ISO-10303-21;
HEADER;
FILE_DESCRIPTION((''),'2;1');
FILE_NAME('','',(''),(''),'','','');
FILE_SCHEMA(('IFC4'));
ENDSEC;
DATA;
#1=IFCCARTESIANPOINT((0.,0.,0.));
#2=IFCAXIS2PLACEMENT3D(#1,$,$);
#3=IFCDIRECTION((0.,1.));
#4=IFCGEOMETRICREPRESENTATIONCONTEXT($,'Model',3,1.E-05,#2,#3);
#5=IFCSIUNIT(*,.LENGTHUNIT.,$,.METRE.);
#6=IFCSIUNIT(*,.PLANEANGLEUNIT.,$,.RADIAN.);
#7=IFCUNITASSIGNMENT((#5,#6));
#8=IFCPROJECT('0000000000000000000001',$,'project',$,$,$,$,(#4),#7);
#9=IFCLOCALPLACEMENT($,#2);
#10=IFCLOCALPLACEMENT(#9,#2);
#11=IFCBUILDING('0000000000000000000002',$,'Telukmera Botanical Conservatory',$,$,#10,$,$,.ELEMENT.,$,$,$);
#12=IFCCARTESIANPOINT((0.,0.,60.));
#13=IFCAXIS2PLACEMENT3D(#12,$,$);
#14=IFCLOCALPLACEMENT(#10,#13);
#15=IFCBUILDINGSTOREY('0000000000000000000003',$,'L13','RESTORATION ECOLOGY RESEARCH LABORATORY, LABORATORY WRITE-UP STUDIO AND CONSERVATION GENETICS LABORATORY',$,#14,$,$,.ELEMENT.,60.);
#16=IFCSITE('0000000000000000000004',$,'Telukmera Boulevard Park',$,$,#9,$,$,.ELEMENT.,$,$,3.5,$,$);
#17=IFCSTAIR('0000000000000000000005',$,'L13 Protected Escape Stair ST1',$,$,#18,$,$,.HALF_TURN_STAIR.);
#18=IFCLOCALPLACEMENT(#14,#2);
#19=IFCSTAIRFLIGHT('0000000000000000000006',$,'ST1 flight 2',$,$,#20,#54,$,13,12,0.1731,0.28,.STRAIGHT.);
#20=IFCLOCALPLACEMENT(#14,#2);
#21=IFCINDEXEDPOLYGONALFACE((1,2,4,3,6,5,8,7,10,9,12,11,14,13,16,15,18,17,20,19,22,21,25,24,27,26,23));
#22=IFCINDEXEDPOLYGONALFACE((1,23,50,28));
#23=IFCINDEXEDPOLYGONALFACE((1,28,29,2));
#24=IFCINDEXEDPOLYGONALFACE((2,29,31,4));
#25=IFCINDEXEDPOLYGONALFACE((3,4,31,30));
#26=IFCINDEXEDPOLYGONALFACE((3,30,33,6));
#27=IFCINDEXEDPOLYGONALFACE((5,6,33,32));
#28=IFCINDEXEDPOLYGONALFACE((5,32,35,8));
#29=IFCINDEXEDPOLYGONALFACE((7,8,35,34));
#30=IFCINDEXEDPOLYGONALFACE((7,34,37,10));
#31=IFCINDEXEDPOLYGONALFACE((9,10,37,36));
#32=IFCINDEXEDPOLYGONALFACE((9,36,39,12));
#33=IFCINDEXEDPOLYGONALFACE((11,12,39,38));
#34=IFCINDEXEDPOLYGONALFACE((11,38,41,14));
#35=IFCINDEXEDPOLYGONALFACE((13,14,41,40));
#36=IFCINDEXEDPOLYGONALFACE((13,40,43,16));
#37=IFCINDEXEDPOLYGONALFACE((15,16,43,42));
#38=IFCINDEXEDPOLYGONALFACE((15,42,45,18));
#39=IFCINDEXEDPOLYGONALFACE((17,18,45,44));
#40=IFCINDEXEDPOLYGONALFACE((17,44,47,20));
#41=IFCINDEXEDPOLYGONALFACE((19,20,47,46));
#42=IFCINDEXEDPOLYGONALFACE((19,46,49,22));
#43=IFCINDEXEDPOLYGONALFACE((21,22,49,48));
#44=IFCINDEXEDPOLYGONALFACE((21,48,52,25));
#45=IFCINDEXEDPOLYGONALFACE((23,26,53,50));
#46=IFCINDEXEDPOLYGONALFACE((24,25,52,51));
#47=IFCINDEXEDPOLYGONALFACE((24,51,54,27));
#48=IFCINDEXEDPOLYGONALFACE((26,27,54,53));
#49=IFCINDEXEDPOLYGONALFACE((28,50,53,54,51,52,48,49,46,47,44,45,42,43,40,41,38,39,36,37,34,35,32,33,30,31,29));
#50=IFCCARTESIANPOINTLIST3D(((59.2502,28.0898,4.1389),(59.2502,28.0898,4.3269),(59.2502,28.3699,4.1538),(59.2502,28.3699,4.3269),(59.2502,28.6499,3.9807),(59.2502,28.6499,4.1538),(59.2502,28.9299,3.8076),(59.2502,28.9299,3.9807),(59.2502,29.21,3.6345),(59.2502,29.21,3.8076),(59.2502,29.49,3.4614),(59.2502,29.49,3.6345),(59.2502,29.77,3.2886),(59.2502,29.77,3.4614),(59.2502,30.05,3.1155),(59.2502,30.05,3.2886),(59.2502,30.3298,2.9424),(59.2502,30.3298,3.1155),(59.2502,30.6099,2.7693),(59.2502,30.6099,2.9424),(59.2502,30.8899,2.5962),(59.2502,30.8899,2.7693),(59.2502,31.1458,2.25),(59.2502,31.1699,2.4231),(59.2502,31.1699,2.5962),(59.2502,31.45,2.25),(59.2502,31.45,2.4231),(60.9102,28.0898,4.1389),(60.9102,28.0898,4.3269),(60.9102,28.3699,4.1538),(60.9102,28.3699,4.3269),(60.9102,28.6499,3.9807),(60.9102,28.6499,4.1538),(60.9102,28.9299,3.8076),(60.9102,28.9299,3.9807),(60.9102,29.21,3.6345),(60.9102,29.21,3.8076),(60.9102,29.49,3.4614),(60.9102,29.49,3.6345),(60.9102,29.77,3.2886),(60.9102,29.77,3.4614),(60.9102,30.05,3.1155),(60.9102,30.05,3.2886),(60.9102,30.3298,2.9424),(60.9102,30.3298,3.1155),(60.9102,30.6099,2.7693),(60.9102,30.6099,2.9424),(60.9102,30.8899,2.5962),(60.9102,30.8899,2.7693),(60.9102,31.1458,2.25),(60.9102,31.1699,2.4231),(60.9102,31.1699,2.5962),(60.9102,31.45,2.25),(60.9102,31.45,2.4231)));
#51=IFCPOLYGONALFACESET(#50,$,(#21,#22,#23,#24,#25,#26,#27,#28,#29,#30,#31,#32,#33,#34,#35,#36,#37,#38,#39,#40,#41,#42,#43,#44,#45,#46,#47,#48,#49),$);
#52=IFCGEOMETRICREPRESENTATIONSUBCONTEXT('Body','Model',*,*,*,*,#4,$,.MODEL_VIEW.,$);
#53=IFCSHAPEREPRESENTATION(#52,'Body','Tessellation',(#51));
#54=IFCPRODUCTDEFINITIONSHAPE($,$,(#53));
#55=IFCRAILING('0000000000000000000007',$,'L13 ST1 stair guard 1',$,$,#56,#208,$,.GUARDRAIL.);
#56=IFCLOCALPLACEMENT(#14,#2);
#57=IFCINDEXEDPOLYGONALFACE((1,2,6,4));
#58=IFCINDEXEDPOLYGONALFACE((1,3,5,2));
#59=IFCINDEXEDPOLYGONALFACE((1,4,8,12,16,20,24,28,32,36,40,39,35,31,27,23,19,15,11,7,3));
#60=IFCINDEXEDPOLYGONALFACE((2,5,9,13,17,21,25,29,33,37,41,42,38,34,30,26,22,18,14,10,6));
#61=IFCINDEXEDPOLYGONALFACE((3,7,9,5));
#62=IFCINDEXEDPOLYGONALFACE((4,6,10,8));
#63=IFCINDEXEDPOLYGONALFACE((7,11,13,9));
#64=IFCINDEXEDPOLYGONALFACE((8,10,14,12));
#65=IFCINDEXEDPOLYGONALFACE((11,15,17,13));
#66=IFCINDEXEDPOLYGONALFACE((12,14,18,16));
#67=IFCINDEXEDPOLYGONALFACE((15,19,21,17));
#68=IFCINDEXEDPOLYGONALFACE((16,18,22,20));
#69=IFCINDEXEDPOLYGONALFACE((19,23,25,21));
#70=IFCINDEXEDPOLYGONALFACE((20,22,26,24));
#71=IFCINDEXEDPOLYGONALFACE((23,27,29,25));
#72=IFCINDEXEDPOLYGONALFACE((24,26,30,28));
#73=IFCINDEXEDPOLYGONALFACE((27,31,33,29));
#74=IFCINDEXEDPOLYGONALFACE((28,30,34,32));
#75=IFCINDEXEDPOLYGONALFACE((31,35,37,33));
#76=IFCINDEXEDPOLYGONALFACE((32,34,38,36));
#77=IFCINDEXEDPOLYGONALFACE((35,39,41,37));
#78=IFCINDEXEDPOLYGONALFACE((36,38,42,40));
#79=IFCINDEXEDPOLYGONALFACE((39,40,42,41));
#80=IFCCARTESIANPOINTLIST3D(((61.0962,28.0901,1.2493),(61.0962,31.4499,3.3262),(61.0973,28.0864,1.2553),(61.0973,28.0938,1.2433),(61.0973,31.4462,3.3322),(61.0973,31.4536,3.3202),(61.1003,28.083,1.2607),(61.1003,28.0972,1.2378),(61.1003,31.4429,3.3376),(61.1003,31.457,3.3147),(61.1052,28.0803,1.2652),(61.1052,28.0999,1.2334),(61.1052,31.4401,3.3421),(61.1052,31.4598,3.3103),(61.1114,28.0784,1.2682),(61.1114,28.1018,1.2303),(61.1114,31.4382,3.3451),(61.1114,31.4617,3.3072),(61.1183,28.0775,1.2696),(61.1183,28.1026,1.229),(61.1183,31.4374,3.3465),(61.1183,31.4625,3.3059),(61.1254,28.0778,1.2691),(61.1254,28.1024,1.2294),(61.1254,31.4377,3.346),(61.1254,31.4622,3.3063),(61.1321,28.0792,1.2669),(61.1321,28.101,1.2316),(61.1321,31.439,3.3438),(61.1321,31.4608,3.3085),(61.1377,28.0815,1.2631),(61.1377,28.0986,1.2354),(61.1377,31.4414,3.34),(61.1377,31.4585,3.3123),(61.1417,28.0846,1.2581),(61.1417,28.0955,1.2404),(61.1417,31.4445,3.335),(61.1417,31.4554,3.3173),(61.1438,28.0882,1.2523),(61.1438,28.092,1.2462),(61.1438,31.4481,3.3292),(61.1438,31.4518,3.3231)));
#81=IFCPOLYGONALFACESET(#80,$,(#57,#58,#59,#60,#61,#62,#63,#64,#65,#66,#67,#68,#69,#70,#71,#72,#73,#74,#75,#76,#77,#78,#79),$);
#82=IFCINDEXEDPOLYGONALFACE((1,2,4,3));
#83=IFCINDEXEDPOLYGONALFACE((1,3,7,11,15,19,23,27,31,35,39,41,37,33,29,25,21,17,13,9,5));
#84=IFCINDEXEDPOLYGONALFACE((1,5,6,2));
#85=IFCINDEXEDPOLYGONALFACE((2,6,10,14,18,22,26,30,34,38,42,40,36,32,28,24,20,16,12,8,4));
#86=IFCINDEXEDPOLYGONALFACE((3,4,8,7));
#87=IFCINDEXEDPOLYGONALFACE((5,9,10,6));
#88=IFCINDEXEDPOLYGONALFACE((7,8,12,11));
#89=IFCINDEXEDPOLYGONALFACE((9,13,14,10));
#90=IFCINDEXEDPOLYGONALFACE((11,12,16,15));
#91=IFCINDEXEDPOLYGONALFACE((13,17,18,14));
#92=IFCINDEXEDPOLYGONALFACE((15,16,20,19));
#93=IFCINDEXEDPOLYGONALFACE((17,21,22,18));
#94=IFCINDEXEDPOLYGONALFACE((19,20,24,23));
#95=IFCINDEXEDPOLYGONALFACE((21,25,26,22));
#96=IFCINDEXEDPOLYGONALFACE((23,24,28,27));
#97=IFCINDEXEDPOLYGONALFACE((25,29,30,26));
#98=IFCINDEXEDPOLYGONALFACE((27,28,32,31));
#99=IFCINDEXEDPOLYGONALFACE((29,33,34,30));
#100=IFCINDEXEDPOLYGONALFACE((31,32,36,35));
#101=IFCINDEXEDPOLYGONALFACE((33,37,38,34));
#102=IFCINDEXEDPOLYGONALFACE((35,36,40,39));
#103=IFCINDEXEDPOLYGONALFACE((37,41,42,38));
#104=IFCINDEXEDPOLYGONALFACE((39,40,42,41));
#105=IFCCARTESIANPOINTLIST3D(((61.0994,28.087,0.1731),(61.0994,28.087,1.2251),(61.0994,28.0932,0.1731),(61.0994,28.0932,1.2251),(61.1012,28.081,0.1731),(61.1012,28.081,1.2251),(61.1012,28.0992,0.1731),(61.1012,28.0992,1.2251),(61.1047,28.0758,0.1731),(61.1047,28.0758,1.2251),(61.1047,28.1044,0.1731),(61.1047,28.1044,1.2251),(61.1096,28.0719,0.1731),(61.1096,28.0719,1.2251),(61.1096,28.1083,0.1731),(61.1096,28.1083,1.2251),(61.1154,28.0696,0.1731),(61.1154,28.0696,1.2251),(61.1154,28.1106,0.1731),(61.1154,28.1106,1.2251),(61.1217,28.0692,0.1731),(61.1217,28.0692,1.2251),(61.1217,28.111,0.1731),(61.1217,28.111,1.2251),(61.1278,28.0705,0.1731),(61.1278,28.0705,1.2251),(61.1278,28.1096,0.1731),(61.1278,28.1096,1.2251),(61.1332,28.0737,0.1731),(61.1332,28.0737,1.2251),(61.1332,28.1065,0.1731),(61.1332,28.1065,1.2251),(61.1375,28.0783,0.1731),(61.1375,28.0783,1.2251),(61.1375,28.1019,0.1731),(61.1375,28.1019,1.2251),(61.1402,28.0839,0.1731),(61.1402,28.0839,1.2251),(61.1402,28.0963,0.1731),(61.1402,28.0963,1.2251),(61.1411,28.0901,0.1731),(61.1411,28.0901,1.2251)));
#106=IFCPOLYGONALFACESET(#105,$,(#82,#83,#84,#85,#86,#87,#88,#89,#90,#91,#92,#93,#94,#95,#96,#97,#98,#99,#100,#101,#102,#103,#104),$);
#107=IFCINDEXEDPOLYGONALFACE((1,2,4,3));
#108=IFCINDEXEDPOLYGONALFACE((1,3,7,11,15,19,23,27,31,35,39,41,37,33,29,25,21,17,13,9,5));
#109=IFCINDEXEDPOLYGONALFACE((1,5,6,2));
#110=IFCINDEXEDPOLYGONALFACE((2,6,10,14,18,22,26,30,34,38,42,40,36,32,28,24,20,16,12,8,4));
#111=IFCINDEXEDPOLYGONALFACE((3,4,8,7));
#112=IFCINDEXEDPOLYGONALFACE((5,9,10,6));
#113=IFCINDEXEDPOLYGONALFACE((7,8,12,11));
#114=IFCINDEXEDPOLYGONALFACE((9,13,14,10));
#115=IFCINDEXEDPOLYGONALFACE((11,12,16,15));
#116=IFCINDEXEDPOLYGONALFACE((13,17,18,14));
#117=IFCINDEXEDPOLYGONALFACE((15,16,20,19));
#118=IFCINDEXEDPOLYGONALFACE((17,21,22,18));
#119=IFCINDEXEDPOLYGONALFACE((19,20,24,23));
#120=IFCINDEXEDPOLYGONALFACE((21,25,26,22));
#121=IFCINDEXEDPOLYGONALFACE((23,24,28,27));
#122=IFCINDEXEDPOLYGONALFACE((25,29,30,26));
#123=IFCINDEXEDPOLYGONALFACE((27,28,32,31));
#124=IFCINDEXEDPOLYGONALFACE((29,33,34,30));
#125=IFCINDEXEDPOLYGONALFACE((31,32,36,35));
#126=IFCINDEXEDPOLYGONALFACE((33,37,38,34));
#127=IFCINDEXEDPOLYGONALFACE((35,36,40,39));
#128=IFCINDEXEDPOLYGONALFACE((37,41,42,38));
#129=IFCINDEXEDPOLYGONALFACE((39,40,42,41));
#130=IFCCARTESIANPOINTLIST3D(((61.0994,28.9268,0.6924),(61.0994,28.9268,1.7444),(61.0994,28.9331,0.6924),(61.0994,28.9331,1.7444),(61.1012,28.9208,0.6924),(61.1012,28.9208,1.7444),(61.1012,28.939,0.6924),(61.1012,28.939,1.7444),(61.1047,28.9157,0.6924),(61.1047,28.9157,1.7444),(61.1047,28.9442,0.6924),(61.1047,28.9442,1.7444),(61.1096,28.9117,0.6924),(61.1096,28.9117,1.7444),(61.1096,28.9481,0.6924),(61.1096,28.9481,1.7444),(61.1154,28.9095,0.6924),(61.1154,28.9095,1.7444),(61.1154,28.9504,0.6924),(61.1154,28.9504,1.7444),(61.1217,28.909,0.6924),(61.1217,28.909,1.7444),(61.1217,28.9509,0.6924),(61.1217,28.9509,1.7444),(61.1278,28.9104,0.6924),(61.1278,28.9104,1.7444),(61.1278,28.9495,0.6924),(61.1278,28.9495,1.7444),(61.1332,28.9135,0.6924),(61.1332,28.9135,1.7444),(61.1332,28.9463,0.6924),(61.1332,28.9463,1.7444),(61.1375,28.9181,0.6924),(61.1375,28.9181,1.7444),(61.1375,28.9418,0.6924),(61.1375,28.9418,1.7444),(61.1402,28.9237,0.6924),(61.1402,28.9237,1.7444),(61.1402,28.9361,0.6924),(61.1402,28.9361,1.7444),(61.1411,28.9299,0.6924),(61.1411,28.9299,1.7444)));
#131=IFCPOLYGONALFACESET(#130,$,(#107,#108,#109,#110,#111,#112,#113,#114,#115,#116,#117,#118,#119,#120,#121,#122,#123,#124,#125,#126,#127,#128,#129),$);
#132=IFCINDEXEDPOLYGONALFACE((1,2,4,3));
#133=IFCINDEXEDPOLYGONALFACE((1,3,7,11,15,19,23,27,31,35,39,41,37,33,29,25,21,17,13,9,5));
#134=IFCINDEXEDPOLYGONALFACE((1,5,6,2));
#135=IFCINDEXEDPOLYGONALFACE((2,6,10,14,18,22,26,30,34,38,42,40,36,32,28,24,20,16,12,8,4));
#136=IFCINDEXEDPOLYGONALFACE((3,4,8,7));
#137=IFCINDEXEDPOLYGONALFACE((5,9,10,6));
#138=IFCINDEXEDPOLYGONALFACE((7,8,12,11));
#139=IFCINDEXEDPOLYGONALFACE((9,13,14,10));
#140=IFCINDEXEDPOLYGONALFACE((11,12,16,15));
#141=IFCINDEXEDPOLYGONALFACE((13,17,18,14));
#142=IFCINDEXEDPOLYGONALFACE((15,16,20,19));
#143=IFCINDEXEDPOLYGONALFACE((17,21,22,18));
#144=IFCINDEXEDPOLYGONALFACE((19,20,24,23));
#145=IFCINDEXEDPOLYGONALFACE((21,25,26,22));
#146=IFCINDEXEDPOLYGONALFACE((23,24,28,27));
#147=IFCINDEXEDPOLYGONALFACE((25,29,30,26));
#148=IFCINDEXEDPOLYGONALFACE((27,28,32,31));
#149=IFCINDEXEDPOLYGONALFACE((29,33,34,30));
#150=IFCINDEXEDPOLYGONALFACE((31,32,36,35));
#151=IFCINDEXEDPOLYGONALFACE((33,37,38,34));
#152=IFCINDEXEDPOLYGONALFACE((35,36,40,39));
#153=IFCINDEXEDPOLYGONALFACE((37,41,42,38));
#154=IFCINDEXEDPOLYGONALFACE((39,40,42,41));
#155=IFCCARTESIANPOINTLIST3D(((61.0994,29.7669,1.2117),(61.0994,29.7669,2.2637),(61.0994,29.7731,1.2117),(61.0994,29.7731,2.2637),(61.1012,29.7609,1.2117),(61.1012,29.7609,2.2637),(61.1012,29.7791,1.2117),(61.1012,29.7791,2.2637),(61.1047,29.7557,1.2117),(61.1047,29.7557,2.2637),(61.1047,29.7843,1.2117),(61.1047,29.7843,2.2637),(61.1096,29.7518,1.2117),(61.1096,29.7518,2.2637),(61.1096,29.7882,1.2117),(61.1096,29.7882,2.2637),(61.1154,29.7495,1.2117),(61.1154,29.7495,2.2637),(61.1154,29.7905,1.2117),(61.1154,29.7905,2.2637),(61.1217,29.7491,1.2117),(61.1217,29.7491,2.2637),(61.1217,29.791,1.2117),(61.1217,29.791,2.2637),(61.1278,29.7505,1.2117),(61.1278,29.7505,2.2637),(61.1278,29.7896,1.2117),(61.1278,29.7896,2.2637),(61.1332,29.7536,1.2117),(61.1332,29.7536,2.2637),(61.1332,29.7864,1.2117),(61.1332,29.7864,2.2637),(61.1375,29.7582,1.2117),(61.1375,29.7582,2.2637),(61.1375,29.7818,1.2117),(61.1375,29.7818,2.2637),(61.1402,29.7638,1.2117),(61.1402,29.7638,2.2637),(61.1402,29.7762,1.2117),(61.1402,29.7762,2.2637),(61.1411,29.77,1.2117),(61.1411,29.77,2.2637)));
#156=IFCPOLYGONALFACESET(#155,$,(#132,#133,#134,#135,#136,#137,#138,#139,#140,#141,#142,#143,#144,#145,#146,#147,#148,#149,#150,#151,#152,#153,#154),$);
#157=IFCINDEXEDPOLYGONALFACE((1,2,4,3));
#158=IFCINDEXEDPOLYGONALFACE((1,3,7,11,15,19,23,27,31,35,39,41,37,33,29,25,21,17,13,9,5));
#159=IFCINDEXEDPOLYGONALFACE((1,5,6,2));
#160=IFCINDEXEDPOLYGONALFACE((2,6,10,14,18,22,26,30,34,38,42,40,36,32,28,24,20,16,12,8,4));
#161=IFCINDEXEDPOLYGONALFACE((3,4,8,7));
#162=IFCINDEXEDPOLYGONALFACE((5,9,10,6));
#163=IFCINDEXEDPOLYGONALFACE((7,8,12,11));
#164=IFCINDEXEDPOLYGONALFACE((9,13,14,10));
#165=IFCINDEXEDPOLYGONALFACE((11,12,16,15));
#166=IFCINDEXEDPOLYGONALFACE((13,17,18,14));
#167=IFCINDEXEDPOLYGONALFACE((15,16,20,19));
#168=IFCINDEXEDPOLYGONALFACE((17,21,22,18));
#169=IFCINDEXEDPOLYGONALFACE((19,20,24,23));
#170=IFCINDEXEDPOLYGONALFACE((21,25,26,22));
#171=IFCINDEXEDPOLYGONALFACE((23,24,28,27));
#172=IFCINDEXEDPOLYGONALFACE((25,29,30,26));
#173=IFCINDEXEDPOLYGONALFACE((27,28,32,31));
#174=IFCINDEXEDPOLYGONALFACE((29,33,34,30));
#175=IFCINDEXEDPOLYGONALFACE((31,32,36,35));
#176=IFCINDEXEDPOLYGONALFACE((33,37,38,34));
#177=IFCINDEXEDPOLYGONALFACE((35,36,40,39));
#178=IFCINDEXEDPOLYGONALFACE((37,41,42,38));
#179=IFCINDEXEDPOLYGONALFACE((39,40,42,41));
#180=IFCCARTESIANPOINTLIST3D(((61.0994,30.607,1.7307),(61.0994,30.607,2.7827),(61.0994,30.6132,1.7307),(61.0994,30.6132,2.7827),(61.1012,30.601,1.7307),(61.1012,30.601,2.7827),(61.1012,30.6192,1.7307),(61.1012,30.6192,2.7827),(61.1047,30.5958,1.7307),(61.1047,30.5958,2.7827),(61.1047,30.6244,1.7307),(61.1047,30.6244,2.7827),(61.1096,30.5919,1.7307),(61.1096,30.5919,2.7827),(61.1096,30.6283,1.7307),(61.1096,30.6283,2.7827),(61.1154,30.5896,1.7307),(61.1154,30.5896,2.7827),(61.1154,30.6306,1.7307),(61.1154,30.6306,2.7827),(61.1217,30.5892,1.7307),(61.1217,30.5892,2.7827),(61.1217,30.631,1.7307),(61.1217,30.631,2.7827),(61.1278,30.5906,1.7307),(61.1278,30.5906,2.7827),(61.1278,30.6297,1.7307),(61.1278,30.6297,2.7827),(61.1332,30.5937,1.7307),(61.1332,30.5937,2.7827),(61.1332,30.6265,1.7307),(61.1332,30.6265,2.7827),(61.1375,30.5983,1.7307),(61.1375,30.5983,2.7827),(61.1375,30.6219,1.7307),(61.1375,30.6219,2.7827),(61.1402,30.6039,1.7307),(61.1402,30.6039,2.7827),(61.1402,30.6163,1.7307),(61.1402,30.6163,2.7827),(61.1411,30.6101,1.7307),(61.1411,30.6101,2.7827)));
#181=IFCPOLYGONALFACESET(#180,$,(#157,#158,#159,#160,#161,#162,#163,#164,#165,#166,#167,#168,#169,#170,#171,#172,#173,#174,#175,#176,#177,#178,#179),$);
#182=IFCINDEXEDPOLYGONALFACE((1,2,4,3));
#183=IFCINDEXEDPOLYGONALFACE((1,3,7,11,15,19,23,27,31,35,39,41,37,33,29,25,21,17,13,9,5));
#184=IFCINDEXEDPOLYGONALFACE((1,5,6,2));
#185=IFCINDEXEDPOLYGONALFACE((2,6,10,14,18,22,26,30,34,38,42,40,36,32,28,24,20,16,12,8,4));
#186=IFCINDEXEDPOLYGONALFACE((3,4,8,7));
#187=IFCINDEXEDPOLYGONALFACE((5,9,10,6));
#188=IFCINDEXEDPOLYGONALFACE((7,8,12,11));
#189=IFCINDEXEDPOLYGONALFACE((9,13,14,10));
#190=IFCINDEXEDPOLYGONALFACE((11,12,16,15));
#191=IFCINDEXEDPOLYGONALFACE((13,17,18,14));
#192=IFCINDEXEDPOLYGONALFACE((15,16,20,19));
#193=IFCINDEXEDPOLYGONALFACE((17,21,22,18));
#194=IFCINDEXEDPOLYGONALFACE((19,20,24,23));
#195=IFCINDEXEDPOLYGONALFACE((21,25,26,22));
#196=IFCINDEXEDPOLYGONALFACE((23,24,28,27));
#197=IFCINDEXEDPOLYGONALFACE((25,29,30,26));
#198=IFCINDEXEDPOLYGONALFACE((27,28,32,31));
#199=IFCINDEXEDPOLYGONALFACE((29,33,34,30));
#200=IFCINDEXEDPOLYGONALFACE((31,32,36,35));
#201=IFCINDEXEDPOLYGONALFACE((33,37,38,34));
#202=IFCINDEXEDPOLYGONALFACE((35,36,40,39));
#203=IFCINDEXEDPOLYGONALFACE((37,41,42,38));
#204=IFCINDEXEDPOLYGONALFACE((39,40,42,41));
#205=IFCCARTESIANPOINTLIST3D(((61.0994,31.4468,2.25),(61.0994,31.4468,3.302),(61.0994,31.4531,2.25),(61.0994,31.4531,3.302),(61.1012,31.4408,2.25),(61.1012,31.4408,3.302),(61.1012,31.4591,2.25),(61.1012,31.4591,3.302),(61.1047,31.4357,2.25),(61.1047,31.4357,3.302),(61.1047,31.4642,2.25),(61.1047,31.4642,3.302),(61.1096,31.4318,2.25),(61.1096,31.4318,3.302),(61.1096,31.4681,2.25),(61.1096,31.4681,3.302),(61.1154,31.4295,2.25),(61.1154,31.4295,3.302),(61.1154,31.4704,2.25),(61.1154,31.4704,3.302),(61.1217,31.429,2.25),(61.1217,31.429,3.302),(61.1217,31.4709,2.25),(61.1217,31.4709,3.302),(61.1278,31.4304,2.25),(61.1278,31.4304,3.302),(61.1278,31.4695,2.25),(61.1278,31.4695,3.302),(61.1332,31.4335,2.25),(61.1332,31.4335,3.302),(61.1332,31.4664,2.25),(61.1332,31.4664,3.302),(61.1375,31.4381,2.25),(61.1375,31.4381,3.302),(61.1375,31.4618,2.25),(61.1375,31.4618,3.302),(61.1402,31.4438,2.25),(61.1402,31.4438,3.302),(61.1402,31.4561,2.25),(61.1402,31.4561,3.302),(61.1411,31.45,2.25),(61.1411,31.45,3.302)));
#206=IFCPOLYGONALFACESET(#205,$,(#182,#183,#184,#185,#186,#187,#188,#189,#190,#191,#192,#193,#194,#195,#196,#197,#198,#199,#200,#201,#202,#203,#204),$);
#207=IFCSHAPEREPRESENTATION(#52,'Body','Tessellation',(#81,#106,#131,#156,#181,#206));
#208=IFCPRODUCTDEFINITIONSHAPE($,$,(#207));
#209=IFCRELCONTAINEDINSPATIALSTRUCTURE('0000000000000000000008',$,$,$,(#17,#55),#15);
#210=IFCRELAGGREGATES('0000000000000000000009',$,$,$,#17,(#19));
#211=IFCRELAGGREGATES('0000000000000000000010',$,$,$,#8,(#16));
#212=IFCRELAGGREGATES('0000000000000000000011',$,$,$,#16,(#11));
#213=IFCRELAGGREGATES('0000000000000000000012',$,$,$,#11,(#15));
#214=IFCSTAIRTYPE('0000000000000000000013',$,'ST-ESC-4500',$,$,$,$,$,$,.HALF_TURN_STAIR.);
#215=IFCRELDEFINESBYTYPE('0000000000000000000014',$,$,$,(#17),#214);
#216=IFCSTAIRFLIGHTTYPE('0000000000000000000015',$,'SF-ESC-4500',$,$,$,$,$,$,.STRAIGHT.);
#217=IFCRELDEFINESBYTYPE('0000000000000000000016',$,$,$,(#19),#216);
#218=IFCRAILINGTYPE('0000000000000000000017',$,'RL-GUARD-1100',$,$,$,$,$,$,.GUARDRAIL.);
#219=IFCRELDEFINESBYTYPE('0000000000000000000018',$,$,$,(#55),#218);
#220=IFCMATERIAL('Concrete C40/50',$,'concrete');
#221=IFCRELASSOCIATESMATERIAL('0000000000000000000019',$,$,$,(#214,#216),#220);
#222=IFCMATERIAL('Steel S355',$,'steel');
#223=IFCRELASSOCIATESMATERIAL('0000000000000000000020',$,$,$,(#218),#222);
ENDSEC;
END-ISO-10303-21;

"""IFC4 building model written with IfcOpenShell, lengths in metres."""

from ifc_helpers import new_model, si_unit, direction, frame, origin, origin_2d, place, context, subcontext, project, spatial, polyline, circle, outline, extrude, material, type_object, element, aggregate, save


model = new_model("IFC4")

# Units and contexts
model_context = context("Model", 3, precision=1e-05, world=origin(), true_north=direction((0.0, 1.0)))
body_context = subcontext(model_context, "Body", "Model", "MODEL_VIEW")
ifc_project = project(units=[si_unit("LENGTHUNIT", "METRE"), si_unit("PLANEANGLEUNIT", "RADIAN")], contexts=[model_context])

# Site, building, storey
site_placement = place(None, origin())
site = spatial("IfcSite", under=ifc_project, at=site_placement, Name="Telukmera Boulevard Park", CompositionType="ELEMENT", RefElevation=3.5)
building_placement = place(site_placement, origin())
building = spatial("IfcBuilding", under=site, at=building_placement, Name="Telukmera Botanical Conservatory", CompositionType="ELEMENT")
storey_placement = place(building_placement, frame((0.0, 0.0, 60.0)))
storey = spatial("IfcBuildingStorey", under=building, at=storey_placement, Name="L13", Description="RESTORATION ECOLOGY RESEARCH LABORATORY, LABORATORY WRITE-UP STUDIO AND CONSERVATION GENETICS LABORATORY", CompositionType="ELEMENT", Elevation=60.0)

# Stair, stair flight
ifc_material_1 = material(Name="Concrete C40/50", Category="concrete")
stair_type = type_object("IfcStairType", Name="ST-ESC-4500", PredefinedType="HALF_TURN_STAIR", material=ifc_material_1)
stair_placement = place(storey_placement, origin())
stair = element("IfcStair", 1, at=stair_placement, inside=storey, type_object=stair_type, Name="L13 Protected Escape Stair ST1", PredefinedType="HALF_TURN_STAIR")
stair_flight_type = type_object("IfcStairFlightType", Name="SF-ESC-4500", PredefinedType="STRAIGHT", material=ifc_material_1)
stair_flight_1_placement = place(storey_placement, frame((60.0801, 31.45, 2.25), z_axis=(0.0, 0.0, 1.0), x_axis=(0.0, -1.0, 0.0)))
stair_flight_1 = element("IfcStairFlight", 2, at=stair_flight_1_placement, type_object=stair_flight_type, Name="ST1 flight 2", NumberOfRisers=13, NumberOfTreads=12, PredefinedType="STRAIGHT", RiserHeight=0.1731, TreadLength=0.28, context=body_context, shape_type="SweptSolid", body=[
    extrude(outline(polyline([(0.0, 0.0), (0.0, 0.1731), (0.28, 0.1731), (0.28, 0.3462), (0.5601, 0.3462), (0.5601, 0.5193), (0.8401, 0.5193), (0.8401, 0.6924), (1.1201, 0.6924), (1.1201, 0.8655), (1.3999, 0.8655), (1.3999, 1.0386), (1.6799, 1.0386), (1.6799, 1.2114), (1.96, 1.2114), (1.96, 1.3845), (2.24, 1.3845), (2.24, 1.5576), (2.52, 1.5576), (2.52, 1.7307), (2.8, 1.7307), (2.8, 1.9038), (3.0801, 1.9038), (3.0801, 2.0769), (3.3601, 2.0769), (3.3601, 2.25), (3.3601, 1.8889), (0.3042, 0.0), (0.0, 0.0)])), frame((0.0, 0.8301, 0.0), z_axis=(0.0, -1.0, 0.0), x_axis=(1.0, 0.0, 0.0)), (0.0, 0.0, 1.0), 1.6599),
])
aggregate(stair, [stair_flight_1])

# Railing
ifc_material_2 = material(Name="Steel S355", Category="steel")
railing_type_1 = type_object("IfcRailingType", Name="RL-GUARD-1100", PredefinedType="GUARDRAIL", material=ifc_material_2)
railing_1_placement = place(storey_placement, frame((61.1201, 28.0901, 0.1731)))
element("IfcRailing", 3, at=railing_1_placement, inside=storey, type_object=railing_type_1, Name="L13 ST1 stair guard 1", PredefinedType="GUARDRAIL", context=body_context, shape_type="SweptSolid", body=[
    extrude(circle(Radius=0.0239, at=origin_2d()), frame((0.0, 0.0, 1.0762), z_axis=(0.0, 0.850606, 0.525803), x_axis=(-1.0, 0.0, 0.0)), (0.0, 0.0, 1.0), 3.95),
    extrude(circle(Radius=0.021, at=origin_2d()), origin(), (0.0, 0.0, 1.0), 1.052),
    extrude(circle(Radius=0.021, at=origin_2d()), frame((0.0, 0.8398, 0.5193)), (0.0, 0.0, 1.0), 1.052),
    extrude(circle(Radius=0.021, at=origin_2d()), frame((0.0, 1.6799, 1.0386)), (0.0, 0.0, 1.0), 1.052),
    extrude(circle(Radius=0.021, at=origin_2d()), frame((0.0, 2.52, 1.5576)), (0.0, 0.0, 1.0), 1.052),
    extrude(circle(Radius=0.021, at=origin_2d()), frame((0.0, 3.3599, 2.0769)), (0.0, 0.0, 1.0), 1.052),
])

save(model, "model.ifc")
